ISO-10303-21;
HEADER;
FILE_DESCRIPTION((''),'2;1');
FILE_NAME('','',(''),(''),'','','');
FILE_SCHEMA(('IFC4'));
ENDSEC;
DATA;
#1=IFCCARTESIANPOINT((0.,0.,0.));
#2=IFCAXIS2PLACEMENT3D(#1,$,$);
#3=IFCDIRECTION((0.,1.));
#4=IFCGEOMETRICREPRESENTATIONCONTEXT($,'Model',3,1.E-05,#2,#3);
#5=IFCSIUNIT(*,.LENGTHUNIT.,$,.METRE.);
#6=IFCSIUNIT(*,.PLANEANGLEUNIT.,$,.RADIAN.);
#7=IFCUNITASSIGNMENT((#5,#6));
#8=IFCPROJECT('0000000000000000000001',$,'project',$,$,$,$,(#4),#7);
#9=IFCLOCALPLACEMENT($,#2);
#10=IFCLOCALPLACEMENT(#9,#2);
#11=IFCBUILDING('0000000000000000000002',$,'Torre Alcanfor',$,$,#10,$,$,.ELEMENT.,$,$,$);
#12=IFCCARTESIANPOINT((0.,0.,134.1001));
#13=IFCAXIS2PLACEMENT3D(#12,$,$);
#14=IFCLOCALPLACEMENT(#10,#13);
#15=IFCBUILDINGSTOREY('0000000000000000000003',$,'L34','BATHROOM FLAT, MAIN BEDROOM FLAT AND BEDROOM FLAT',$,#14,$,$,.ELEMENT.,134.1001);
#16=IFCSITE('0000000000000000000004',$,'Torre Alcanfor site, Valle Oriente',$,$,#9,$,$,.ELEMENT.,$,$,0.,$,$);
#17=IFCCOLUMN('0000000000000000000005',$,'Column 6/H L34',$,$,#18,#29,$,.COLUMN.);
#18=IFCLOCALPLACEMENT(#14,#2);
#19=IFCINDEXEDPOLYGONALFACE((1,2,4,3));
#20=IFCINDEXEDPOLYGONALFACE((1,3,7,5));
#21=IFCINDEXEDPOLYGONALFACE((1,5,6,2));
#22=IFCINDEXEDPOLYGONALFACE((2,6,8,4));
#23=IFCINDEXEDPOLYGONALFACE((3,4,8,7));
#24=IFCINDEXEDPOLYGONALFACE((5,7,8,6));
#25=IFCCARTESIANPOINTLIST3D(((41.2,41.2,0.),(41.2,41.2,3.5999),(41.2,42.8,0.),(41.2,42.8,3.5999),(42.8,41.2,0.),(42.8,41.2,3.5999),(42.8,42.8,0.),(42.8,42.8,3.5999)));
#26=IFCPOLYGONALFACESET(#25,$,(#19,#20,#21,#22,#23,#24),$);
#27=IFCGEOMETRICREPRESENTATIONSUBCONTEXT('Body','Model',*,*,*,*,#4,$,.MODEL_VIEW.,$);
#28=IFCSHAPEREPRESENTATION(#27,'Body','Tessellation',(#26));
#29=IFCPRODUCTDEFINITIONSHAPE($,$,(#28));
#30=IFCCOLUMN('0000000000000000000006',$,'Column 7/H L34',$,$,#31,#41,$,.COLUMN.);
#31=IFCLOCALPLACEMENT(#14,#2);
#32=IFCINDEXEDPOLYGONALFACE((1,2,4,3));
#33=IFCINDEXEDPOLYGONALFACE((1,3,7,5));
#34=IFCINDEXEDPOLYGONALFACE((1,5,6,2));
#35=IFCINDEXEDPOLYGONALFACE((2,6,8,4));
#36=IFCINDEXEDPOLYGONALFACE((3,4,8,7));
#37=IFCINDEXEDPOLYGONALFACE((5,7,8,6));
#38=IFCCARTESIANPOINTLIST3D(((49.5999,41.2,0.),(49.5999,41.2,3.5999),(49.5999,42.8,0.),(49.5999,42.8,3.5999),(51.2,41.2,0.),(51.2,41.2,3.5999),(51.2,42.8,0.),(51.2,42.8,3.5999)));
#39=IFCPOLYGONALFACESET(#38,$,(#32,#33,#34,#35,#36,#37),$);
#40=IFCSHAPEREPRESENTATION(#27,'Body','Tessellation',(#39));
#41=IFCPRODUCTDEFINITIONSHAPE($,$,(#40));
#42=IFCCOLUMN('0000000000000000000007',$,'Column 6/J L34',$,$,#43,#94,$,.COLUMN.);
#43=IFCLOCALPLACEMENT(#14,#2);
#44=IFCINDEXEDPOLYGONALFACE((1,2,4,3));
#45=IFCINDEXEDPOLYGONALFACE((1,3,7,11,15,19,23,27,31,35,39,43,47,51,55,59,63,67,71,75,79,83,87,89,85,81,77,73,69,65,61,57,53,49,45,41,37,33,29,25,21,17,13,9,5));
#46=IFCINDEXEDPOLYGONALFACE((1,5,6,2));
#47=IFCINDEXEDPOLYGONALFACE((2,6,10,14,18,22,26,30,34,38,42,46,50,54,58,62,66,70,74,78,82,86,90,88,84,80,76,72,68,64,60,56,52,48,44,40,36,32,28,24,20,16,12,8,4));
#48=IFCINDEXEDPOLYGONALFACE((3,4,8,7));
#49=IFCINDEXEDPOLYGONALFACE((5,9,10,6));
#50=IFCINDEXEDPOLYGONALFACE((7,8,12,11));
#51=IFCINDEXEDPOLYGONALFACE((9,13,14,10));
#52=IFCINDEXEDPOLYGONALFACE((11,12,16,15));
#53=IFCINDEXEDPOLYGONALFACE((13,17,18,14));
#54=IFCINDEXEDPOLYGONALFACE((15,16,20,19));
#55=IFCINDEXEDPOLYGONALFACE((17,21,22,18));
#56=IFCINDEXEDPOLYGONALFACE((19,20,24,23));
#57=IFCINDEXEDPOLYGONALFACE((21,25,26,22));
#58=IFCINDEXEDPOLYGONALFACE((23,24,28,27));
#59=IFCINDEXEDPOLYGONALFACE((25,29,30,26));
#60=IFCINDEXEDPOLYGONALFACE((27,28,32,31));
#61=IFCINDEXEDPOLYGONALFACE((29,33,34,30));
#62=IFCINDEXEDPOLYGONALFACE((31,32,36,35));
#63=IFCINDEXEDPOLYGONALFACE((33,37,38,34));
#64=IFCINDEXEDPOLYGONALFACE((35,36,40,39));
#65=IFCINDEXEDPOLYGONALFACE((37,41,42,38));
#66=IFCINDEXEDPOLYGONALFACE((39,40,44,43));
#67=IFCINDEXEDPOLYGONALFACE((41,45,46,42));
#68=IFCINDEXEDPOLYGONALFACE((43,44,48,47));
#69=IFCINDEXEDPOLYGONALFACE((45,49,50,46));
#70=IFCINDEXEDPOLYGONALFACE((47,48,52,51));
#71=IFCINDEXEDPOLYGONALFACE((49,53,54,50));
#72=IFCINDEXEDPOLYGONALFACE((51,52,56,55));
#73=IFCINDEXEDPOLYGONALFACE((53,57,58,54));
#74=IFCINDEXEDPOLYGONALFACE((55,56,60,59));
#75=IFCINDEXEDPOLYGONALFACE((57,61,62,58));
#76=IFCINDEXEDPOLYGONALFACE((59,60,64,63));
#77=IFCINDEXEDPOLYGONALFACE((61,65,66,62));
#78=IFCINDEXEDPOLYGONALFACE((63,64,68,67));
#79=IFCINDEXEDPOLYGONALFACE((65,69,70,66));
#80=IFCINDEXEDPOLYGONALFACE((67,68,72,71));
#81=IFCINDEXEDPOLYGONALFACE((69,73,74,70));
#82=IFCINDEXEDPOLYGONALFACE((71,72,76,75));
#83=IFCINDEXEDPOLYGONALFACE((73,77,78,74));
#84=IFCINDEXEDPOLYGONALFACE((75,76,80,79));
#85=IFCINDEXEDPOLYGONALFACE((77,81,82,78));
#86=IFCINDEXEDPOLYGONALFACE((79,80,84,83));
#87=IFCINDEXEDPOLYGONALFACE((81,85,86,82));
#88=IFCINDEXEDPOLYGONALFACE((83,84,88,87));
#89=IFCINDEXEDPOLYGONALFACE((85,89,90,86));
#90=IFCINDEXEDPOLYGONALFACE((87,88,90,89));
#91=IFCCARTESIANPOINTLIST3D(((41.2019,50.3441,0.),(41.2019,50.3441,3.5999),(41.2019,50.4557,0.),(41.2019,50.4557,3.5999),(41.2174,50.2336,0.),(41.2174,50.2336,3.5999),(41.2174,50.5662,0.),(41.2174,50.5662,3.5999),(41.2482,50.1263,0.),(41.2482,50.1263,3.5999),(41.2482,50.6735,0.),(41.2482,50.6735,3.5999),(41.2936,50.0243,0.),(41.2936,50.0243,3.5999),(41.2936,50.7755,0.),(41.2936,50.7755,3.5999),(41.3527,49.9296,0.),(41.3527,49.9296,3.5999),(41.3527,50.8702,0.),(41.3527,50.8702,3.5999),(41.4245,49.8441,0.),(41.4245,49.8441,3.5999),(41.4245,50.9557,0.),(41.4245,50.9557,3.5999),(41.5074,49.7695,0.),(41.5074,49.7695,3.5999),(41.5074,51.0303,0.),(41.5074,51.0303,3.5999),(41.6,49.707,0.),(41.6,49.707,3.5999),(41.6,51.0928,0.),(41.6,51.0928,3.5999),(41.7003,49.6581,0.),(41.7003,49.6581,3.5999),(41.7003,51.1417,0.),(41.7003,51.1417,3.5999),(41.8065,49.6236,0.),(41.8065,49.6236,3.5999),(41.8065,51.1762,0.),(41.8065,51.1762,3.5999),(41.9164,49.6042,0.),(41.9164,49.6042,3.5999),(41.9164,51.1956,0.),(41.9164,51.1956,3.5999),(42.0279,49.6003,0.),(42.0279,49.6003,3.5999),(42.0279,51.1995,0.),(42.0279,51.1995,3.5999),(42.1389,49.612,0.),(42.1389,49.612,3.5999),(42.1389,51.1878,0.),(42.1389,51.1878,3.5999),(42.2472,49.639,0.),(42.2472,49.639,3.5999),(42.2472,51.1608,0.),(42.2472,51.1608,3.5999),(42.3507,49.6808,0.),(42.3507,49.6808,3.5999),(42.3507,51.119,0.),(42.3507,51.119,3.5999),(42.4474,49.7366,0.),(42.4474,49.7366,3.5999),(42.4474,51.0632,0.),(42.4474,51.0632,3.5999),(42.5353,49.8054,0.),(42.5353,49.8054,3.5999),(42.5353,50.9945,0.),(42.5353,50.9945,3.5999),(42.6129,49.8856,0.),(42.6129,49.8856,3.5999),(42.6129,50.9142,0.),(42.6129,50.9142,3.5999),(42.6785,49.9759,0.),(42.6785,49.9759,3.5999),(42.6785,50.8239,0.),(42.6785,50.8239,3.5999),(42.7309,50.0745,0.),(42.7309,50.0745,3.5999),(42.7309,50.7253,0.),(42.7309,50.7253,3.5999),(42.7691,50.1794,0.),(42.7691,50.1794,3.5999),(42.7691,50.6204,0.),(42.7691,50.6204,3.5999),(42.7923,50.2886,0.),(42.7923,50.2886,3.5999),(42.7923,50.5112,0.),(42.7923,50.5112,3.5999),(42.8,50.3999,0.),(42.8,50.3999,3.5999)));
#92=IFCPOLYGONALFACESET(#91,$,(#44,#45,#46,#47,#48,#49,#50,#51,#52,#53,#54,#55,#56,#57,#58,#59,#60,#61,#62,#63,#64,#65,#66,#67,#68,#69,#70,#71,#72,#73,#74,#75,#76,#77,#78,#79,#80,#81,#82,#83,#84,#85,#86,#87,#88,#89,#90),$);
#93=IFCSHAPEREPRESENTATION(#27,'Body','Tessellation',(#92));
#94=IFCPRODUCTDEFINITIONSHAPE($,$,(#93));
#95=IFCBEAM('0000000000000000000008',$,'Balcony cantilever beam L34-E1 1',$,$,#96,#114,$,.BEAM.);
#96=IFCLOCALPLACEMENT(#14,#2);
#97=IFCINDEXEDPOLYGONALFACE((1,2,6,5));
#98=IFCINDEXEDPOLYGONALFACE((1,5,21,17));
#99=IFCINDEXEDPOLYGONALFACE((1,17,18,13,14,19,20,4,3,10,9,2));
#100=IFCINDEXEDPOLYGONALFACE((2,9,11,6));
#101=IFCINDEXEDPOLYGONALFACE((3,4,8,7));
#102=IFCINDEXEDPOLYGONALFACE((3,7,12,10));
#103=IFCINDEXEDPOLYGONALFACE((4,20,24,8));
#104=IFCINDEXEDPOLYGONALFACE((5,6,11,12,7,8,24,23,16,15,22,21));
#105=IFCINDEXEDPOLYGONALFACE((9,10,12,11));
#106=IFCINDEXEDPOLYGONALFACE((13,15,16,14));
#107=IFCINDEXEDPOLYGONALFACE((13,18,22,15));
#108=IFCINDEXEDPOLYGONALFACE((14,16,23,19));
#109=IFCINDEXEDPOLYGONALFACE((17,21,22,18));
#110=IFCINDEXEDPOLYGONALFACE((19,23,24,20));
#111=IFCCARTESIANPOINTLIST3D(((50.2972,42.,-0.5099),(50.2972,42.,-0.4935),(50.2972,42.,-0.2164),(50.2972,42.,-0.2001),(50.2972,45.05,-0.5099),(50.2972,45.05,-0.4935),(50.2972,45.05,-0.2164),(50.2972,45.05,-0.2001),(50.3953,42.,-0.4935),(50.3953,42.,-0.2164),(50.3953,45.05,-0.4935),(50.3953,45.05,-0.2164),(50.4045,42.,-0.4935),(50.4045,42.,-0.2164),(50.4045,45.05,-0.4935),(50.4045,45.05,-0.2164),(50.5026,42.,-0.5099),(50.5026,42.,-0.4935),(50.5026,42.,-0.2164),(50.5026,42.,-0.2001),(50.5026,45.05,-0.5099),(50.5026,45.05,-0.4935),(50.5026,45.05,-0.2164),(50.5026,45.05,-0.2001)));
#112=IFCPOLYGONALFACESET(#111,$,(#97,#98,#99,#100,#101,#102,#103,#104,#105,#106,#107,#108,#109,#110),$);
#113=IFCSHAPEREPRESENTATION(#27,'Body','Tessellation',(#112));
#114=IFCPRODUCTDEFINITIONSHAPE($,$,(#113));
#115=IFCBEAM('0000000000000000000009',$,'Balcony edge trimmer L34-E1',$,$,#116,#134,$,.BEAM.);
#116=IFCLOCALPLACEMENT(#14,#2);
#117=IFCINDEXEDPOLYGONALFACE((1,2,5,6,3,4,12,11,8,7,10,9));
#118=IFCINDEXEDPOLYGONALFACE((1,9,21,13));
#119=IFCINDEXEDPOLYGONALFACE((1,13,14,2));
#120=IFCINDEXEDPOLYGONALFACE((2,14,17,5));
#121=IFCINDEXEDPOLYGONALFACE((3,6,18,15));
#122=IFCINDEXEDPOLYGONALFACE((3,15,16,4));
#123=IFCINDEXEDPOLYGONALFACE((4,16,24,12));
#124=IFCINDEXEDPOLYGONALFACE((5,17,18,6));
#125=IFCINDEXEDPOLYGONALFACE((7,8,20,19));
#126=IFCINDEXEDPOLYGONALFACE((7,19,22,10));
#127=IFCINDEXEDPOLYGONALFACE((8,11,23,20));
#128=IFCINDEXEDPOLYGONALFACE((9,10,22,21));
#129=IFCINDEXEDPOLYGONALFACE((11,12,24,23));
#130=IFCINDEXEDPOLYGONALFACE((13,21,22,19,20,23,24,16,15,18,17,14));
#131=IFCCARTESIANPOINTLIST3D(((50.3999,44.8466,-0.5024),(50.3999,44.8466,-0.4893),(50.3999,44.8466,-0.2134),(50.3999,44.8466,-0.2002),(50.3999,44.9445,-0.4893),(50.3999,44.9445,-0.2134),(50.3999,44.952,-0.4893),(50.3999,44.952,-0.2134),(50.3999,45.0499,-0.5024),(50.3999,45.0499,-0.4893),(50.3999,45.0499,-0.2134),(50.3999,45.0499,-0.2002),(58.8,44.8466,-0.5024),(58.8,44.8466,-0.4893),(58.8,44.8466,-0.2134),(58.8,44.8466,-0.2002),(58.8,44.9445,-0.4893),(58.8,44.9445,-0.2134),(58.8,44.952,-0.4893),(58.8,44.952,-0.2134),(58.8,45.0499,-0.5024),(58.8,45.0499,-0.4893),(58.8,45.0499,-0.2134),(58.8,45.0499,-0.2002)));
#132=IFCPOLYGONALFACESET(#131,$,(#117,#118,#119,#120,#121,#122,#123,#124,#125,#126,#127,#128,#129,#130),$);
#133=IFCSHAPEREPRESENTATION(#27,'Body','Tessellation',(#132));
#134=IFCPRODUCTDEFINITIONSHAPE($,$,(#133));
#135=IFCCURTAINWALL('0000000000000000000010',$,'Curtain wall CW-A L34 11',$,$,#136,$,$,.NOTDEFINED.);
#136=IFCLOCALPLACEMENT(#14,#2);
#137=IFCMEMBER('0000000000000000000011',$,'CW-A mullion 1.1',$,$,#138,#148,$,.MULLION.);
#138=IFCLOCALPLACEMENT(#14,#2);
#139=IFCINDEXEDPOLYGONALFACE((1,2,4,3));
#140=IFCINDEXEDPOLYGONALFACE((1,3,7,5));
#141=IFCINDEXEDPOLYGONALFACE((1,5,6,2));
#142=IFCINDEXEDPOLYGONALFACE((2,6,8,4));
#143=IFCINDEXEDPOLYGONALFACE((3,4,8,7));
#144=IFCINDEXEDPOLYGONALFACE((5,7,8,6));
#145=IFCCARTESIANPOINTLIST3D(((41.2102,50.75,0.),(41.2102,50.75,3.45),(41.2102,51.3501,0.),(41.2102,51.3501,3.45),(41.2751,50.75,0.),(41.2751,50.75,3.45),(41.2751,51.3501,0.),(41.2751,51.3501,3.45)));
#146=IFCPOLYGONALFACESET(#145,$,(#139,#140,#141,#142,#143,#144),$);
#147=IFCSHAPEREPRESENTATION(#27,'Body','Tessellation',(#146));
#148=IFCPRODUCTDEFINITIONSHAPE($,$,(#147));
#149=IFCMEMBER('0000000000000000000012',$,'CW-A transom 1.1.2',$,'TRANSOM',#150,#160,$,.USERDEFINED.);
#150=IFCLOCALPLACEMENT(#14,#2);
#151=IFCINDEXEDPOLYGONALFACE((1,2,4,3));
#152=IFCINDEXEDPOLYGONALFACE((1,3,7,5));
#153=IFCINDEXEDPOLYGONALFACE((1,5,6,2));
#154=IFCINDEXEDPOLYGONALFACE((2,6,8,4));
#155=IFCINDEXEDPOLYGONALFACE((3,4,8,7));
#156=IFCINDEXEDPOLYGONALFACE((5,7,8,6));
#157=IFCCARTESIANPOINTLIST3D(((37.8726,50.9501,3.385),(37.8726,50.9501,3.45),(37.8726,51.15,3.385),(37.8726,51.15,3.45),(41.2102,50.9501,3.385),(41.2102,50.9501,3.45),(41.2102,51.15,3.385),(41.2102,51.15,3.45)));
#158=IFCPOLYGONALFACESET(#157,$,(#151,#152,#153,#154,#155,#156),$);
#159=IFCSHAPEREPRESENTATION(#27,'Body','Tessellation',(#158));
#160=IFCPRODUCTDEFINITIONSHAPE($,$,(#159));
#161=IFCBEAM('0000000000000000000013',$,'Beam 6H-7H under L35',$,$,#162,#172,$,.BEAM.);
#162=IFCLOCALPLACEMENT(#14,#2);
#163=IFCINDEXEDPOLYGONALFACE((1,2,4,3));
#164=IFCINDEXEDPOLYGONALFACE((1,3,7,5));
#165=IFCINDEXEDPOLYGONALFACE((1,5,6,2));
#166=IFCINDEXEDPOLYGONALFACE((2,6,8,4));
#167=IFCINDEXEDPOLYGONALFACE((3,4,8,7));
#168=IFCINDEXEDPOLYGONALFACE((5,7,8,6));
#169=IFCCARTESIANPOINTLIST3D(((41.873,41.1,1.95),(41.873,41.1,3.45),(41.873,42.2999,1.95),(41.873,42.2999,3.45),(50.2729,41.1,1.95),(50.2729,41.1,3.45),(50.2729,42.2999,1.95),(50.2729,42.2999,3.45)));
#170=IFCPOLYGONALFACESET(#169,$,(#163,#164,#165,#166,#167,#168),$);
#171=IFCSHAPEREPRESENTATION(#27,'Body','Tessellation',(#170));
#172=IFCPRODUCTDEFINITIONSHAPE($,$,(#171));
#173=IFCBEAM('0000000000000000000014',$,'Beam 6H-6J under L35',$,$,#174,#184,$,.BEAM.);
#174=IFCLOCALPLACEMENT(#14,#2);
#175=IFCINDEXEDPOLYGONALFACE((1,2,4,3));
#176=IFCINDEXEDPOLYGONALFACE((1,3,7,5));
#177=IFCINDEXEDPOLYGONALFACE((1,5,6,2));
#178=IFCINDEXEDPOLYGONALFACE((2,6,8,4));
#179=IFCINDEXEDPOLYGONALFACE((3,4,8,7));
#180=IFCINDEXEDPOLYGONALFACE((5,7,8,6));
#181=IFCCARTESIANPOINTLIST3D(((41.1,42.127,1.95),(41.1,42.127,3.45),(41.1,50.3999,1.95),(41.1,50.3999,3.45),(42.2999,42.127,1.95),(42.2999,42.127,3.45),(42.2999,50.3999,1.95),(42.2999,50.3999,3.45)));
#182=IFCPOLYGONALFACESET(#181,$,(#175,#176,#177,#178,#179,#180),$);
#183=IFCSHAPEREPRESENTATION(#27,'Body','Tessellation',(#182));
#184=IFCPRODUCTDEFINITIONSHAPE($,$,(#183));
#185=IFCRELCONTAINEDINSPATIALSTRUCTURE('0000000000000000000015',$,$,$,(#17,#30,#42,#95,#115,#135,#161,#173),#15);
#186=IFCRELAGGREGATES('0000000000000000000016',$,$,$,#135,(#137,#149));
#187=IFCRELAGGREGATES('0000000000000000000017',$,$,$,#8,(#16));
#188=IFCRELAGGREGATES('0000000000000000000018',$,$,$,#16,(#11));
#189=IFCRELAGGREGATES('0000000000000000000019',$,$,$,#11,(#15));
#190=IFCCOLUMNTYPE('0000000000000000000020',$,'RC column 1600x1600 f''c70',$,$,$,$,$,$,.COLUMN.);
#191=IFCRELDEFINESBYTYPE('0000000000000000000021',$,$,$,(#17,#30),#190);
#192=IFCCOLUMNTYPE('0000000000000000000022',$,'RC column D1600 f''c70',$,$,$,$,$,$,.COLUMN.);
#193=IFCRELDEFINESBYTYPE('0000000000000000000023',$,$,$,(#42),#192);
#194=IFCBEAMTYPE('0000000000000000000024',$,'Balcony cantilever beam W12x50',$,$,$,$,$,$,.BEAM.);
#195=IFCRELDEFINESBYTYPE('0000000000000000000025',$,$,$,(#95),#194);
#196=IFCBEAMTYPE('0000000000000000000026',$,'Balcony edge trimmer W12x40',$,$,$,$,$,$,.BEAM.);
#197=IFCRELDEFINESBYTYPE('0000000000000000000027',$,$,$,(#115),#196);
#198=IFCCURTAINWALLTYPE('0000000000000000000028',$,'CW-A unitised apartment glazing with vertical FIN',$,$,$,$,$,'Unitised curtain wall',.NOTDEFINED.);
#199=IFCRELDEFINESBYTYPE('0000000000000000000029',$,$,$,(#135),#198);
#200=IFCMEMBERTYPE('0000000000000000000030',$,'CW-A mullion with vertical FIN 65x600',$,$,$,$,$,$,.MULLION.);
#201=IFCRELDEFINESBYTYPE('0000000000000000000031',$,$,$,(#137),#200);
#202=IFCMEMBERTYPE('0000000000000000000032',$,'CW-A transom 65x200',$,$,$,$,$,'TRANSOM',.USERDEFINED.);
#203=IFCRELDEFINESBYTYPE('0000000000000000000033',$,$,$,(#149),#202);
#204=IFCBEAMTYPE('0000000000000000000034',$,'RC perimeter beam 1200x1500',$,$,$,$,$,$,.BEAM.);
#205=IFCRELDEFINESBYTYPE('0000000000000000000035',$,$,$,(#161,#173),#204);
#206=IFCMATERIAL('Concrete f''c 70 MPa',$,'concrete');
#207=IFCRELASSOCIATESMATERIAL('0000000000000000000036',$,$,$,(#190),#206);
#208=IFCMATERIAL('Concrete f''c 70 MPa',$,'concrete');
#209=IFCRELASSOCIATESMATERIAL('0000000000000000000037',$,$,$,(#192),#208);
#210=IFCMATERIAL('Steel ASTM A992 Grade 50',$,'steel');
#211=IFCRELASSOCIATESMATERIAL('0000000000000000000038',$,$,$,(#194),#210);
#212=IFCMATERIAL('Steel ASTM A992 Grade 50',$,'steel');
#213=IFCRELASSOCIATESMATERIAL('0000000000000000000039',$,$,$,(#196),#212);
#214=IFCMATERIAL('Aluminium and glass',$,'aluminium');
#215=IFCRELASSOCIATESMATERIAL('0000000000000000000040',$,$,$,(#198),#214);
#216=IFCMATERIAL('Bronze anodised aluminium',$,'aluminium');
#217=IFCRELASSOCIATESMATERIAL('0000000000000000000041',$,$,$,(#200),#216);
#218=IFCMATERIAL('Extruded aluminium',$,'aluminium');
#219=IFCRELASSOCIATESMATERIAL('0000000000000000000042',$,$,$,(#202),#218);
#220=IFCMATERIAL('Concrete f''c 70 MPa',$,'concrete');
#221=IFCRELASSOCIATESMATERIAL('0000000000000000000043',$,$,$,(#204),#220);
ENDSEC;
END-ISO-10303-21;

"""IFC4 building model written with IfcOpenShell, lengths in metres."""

from ifc_helpers import new_model, si_unit, direction, frame, origin, origin_2d, place, context, subcontext, project, spatial, rectangle, circle, i_section, extrude, material, material_profile, profile_set, type_object, element, aggregate, save


model = new_model("IFC4")

# Units and contexts
model_context = context("Model", 3, precision=1e-05, world=origin(), true_north=direction((0.0, 1.0)))
body_context = subcontext(model_context, "Body", "Model", "MODEL_VIEW")
ifc_project = project(units=[si_unit("LENGTHUNIT", "METRE"), si_unit("PLANEANGLEUNIT", "RADIAN")], contexts=[model_context])

# Site, building, storey
site_placement = place(None, origin())
site = spatial("IfcSite", under=ifc_project, at=site_placement, Name="Torre Alcanfor site, Valle Oriente", CompositionType="ELEMENT", RefElevation=0.0)
building_placement = place(site_placement, origin())
building = spatial("IfcBuilding", under=site, at=building_placement, Name="Torre Alcanfor", CompositionType="ELEMENT")
storey_placement = place(building_placement, frame((0.0, 0.0, 134.1001)))
storey = spatial("IfcBuildingStorey", under=building, at=storey_placement, Name="L34", Description="BATHROOM FLAT, MAIN BEDROOM FLAT AND BEDROOM FLAT", CompositionType="ELEMENT", Elevation=134.1001)

# Columns
ifc_material_1 = material(Name="Concrete f'c 70 MPa", Category="concrete")
ifc_material_profile_1 = material_profile(ifc_material_1, rectangle(XDim=1.6001, YDim=1.6001, at=origin_2d()), Name="1600x1600")
ifc_profile_set_1 = profile_set([ifc_material_profile_1], Name="Concrete f'c 70 MPa")
column_type_1 = type_object("IfcColumnType", Name="RC column 1600x1600 f'c70", PredefinedType="COLUMN", material=ifc_profile_set_1)
for number, where, z_axis, x_axis, name in (
    (1, (42.0, 42.0, 0.0), (0.0, 0.0, 1.0), (1.0, 0.0, 0.0), "Column 6/H L34"),
    (2, (50.3999, 42.0, 0.0), (0.0, 0.0, 1.0), (1.0, 0.0, 0.0), "Column 7/H L34"),
):
    element("IfcColumn", number, at=place(storey_placement, frame(where, z_axis=z_axis, x_axis=x_axis)), inside=storey, type_object=column_type_1, Name=name, PredefinedType="COLUMN", context=body_context, shape_type="SweptSolid", body=[
        extrude(rectangle(XDim=1.6001, YDim=1.6001, at=origin_2d()), origin(), (0.0, 0.0, 1.0), 3.5999),
    ])
ifc_material_2 = material(Name="Concrete f'c 70 MPa", Category="concrete")
ifc_material_profile_2 = material_profile(ifc_material_2, circle(Radius=0.8, at=origin_2d()), Name="D1600")
ifc_profile_set_2 = profile_set([ifc_material_profile_2], Name="Concrete f'c 70 MPa")
column_type_2 = type_object("IfcColumnType", Name="RC column D1600 f'c70", PredefinedType="COLUMN", material=ifc_profile_set_2)
column_placement = place(storey_placement, frame((42.0, 50.3999, 0.0), z_axis=(0.0, 0.0, 1.0), x_axis=(1.0, 0.0, 0.0)))
element("IfcColumn", 3, at=column_placement, inside=storey, type_object=column_type_2, Name="Column 6/J L34", PredefinedType="COLUMN", context=body_context, shape_type="SweptSolid", body=[
    extrude(circle(Radius=0.8, at=origin_2d()), origin(), (0.0, 0.0, 1.0), 3.5999),
])

# Beams
ifc_material_3 = material(Name="Steel ASTM A992 Grade 50", Category="steel")
ifc_material_profile_3 = material_profile(ifc_material_3, i_section(OverallWidth=0.2053, OverallDepth=0.3098, WebThickness=0.0093, FlangeThickness=0.0164, at=origin_2d()), Name="W12x50")
ifc_profile_set_3 = profile_set([ifc_material_profile_3], Name="Steel ASTM A992 Grade 50")
beam_type_1 = type_object("IfcBeamType", Name="Balcony cantilever beam W12x50", PredefinedType="BEAM", material=ifc_profile_set_3)
beam_1_placement = place(storey_placement, frame((50.3999, 42.0, -0.355), z_axis=(0.0, 1.0, 0.0), x_axis=(-1.0, 0.0, 0.0)))
element("IfcBeam", 4, at=beam_1_placement, inside=storey, type_object=beam_type_1, Name="Balcony cantilever beam L34-E1 1", PredefinedType="BEAM", context=body_context, shape_type="SweptSolid", body=[
    extrude(i_section(OverallWidth=0.2053, OverallDepth=0.3098, WebThickness=0.0093, FlangeThickness=0.0164, at=origin_2d()), origin(), (0.0, 0.0, 1.0), 3.05),
])
ifc_material_4 = material(Name="Steel ASTM A992 Grade 50", Category="steel")
ifc_material_profile_4 = material_profile(ifc_material_4, i_section(OverallWidth=0.2034, OverallDepth=0.3022, WebThickness=0.0076, FlangeThickness=0.0132, at=origin_2d()), Name="W12x40")
ifc_profile_set_4 = profile_set([ifc_material_profile_4], Name="Steel ASTM A992 Grade 50")
beam_type_2 = type_object("IfcBeamType", Name="Balcony edge trimmer W12x40", PredefinedType="BEAM", material=ifc_profile_set_4)
beam_2_placement = place(storey_placement, frame((50.3999, 44.9482, -0.3513), z_axis=(1.0, 0.0, 0.0), x_axis=(0.0, 1.0, 0.0)))
element("IfcBeam", 5, at=beam_2_placement, inside=storey, type_object=beam_type_2, Name="Balcony edge trimmer L34-E1", PredefinedType="BEAM", context=body_context, shape_type="SweptSolid", body=[
    extrude(i_section(OverallWidth=0.2034, OverallDepth=0.3022, WebThickness=0.0076, FlangeThickness=0.0132, at=origin_2d()), origin(), (0.0, 0.0, 1.0), 8.4001),
])

# Curtain wall, members
ifc_material_5 = material(Name="Aluminium and glass", Category="aluminium")
curtain_wall_type = type_object("IfcCurtainWallType", Name="CW-A unitised apartment glazing with vertical FIN", ElementType="Unitised curtain wall", PredefinedType="NOTDEFINED", material=ifc_material_5)
curtain_wall_placement = place(storey_placement, origin())
curtain_wall = element("IfcCurtainWall", 6, at=curtain_wall_placement, inside=storey, type_object=curtain_wall_type, Name="Curtain wall CW-A L34 11", PredefinedType="NOTDEFINED")
ifc_material_6 = material(Name="Bronze anodised aluminium", Category="aluminium")
ifc_material_profile_5 = material_profile(ifc_material_6, rectangle(XDim=0.6001, YDim=0.0649, at=origin_2d()), Name="CW-A mullion 65x600")
ifc_profile_set_5 = profile_set([ifc_material_profile_5], Name="Bronze anodised aluminium")
member_type_1 = type_object("IfcMemberType", Name="CW-A mullion with vertical FIN 65x600", PredefinedType="MULLION", material=ifc_profile_set_5)
member_1_placement = place(storey_placement, frame((41.2427, 51.05, 0.0), z_axis=(0.0, 0.0, 1.0), x_axis=(0.0, -1.0, 0.0)))
member_1 = element("IfcMember", 7, at=member_1_placement, type_object=member_type_1, Name="CW-A mullion 1.1", PredefinedType="MULLION", context=body_context, shape_type="SweptSolid", body=[
    extrude(rectangle(XDim=0.6001, YDim=0.0649, at=origin_2d()), origin(), (0.0, 0.0, 1.0), 3.45),
])
ifc_material_7 = material(Name="Extruded aluminium", Category="aluminium")
ifc_material_profile_6 = material_profile(ifc_material_7, rectangle(XDim=0.2, YDim=0.0649, at=origin_2d()), Name="CW-A transom 200x65")
ifc_profile_set_6 = profile_set([ifc_material_profile_6], Name="Extruded aluminium")
member_type_2 = type_object("IfcMemberType", Name="CW-A transom 65x200", ElementType="TRANSOM", PredefinedType="USERDEFINED", material=ifc_profile_set_6)
member_2_placement = place(storey_placement, frame((41.2102, 51.05, 3.4175), z_axis=(-1.0, 0.0, 0.0), x_axis=(0.0, -1.0, 0.0)))
member_2 = element("IfcMember", 8, at=member_2_placement, type_object=member_type_2, Name="CW-A transom 1.1.2", ObjectType="TRANSOM", PredefinedType="USERDEFINED", context=body_context, shape_type="SweptSolid", body=[
    extrude(rectangle(XDim=0.2, YDim=0.0649, at=origin_2d()), origin(), (0.0, 0.0, 1.0), 3.3376),
])
aggregate(curtain_wall, [member_1, member_2])

# Beams
ifc_material_8 = material(Name="Concrete f'c 70 MPa", Category="concrete")
ifc_material_profile_7 = material_profile(ifc_material_8, rectangle(XDim=1.2, YDim=1.5, at=origin_2d()), Name="1200x1500")
ifc_profile_set_7 = profile_set([ifc_material_profile_7], Name="Concrete f'c 70 MPa")
beam_type_3 = type_object("IfcBeamType", Name="RC perimeter beam 1200x1500", PredefinedType="BEAM", material=ifc_profile_set_7)
beam_3_placement = place(storey_placement, frame((41.873, 41.7, 2.7), z_axis=(1.0, 0.0, 0.0), x_axis=(0.0, 1.0, 0.0)))
element("IfcBeam", 9, at=beam_3_placement, inside=storey, type_object=beam_type_3, Name="Beam 6H-7H under L35", PredefinedType="BEAM", context=body_context, shape_type="SweptSolid", body=[
    extrude(rectangle(XDim=1.2, YDim=1.5, at=origin_2d()), origin(), (0.0, 0.0, 1.0), 8.3999),
])
beam_4_placement = place(storey_placement, frame((41.7, 42.127, 2.7), z_axis=(0.0, 1.0, 0.0), x_axis=(-1.0, 0.0, 0.0)))
element("IfcBeam", 10, at=beam_4_placement, inside=storey, type_object=beam_type_3, Name="Beam 6H-6J under L35", PredefinedType="BEAM", context=body_context, shape_type="SweptSolid", body=[
    extrude(rectangle(XDim=1.2, YDim=1.5, at=origin_2d()), origin(), (0.0, 0.0, 1.0), 8.2729),
])

save(model, "model.ifc")
